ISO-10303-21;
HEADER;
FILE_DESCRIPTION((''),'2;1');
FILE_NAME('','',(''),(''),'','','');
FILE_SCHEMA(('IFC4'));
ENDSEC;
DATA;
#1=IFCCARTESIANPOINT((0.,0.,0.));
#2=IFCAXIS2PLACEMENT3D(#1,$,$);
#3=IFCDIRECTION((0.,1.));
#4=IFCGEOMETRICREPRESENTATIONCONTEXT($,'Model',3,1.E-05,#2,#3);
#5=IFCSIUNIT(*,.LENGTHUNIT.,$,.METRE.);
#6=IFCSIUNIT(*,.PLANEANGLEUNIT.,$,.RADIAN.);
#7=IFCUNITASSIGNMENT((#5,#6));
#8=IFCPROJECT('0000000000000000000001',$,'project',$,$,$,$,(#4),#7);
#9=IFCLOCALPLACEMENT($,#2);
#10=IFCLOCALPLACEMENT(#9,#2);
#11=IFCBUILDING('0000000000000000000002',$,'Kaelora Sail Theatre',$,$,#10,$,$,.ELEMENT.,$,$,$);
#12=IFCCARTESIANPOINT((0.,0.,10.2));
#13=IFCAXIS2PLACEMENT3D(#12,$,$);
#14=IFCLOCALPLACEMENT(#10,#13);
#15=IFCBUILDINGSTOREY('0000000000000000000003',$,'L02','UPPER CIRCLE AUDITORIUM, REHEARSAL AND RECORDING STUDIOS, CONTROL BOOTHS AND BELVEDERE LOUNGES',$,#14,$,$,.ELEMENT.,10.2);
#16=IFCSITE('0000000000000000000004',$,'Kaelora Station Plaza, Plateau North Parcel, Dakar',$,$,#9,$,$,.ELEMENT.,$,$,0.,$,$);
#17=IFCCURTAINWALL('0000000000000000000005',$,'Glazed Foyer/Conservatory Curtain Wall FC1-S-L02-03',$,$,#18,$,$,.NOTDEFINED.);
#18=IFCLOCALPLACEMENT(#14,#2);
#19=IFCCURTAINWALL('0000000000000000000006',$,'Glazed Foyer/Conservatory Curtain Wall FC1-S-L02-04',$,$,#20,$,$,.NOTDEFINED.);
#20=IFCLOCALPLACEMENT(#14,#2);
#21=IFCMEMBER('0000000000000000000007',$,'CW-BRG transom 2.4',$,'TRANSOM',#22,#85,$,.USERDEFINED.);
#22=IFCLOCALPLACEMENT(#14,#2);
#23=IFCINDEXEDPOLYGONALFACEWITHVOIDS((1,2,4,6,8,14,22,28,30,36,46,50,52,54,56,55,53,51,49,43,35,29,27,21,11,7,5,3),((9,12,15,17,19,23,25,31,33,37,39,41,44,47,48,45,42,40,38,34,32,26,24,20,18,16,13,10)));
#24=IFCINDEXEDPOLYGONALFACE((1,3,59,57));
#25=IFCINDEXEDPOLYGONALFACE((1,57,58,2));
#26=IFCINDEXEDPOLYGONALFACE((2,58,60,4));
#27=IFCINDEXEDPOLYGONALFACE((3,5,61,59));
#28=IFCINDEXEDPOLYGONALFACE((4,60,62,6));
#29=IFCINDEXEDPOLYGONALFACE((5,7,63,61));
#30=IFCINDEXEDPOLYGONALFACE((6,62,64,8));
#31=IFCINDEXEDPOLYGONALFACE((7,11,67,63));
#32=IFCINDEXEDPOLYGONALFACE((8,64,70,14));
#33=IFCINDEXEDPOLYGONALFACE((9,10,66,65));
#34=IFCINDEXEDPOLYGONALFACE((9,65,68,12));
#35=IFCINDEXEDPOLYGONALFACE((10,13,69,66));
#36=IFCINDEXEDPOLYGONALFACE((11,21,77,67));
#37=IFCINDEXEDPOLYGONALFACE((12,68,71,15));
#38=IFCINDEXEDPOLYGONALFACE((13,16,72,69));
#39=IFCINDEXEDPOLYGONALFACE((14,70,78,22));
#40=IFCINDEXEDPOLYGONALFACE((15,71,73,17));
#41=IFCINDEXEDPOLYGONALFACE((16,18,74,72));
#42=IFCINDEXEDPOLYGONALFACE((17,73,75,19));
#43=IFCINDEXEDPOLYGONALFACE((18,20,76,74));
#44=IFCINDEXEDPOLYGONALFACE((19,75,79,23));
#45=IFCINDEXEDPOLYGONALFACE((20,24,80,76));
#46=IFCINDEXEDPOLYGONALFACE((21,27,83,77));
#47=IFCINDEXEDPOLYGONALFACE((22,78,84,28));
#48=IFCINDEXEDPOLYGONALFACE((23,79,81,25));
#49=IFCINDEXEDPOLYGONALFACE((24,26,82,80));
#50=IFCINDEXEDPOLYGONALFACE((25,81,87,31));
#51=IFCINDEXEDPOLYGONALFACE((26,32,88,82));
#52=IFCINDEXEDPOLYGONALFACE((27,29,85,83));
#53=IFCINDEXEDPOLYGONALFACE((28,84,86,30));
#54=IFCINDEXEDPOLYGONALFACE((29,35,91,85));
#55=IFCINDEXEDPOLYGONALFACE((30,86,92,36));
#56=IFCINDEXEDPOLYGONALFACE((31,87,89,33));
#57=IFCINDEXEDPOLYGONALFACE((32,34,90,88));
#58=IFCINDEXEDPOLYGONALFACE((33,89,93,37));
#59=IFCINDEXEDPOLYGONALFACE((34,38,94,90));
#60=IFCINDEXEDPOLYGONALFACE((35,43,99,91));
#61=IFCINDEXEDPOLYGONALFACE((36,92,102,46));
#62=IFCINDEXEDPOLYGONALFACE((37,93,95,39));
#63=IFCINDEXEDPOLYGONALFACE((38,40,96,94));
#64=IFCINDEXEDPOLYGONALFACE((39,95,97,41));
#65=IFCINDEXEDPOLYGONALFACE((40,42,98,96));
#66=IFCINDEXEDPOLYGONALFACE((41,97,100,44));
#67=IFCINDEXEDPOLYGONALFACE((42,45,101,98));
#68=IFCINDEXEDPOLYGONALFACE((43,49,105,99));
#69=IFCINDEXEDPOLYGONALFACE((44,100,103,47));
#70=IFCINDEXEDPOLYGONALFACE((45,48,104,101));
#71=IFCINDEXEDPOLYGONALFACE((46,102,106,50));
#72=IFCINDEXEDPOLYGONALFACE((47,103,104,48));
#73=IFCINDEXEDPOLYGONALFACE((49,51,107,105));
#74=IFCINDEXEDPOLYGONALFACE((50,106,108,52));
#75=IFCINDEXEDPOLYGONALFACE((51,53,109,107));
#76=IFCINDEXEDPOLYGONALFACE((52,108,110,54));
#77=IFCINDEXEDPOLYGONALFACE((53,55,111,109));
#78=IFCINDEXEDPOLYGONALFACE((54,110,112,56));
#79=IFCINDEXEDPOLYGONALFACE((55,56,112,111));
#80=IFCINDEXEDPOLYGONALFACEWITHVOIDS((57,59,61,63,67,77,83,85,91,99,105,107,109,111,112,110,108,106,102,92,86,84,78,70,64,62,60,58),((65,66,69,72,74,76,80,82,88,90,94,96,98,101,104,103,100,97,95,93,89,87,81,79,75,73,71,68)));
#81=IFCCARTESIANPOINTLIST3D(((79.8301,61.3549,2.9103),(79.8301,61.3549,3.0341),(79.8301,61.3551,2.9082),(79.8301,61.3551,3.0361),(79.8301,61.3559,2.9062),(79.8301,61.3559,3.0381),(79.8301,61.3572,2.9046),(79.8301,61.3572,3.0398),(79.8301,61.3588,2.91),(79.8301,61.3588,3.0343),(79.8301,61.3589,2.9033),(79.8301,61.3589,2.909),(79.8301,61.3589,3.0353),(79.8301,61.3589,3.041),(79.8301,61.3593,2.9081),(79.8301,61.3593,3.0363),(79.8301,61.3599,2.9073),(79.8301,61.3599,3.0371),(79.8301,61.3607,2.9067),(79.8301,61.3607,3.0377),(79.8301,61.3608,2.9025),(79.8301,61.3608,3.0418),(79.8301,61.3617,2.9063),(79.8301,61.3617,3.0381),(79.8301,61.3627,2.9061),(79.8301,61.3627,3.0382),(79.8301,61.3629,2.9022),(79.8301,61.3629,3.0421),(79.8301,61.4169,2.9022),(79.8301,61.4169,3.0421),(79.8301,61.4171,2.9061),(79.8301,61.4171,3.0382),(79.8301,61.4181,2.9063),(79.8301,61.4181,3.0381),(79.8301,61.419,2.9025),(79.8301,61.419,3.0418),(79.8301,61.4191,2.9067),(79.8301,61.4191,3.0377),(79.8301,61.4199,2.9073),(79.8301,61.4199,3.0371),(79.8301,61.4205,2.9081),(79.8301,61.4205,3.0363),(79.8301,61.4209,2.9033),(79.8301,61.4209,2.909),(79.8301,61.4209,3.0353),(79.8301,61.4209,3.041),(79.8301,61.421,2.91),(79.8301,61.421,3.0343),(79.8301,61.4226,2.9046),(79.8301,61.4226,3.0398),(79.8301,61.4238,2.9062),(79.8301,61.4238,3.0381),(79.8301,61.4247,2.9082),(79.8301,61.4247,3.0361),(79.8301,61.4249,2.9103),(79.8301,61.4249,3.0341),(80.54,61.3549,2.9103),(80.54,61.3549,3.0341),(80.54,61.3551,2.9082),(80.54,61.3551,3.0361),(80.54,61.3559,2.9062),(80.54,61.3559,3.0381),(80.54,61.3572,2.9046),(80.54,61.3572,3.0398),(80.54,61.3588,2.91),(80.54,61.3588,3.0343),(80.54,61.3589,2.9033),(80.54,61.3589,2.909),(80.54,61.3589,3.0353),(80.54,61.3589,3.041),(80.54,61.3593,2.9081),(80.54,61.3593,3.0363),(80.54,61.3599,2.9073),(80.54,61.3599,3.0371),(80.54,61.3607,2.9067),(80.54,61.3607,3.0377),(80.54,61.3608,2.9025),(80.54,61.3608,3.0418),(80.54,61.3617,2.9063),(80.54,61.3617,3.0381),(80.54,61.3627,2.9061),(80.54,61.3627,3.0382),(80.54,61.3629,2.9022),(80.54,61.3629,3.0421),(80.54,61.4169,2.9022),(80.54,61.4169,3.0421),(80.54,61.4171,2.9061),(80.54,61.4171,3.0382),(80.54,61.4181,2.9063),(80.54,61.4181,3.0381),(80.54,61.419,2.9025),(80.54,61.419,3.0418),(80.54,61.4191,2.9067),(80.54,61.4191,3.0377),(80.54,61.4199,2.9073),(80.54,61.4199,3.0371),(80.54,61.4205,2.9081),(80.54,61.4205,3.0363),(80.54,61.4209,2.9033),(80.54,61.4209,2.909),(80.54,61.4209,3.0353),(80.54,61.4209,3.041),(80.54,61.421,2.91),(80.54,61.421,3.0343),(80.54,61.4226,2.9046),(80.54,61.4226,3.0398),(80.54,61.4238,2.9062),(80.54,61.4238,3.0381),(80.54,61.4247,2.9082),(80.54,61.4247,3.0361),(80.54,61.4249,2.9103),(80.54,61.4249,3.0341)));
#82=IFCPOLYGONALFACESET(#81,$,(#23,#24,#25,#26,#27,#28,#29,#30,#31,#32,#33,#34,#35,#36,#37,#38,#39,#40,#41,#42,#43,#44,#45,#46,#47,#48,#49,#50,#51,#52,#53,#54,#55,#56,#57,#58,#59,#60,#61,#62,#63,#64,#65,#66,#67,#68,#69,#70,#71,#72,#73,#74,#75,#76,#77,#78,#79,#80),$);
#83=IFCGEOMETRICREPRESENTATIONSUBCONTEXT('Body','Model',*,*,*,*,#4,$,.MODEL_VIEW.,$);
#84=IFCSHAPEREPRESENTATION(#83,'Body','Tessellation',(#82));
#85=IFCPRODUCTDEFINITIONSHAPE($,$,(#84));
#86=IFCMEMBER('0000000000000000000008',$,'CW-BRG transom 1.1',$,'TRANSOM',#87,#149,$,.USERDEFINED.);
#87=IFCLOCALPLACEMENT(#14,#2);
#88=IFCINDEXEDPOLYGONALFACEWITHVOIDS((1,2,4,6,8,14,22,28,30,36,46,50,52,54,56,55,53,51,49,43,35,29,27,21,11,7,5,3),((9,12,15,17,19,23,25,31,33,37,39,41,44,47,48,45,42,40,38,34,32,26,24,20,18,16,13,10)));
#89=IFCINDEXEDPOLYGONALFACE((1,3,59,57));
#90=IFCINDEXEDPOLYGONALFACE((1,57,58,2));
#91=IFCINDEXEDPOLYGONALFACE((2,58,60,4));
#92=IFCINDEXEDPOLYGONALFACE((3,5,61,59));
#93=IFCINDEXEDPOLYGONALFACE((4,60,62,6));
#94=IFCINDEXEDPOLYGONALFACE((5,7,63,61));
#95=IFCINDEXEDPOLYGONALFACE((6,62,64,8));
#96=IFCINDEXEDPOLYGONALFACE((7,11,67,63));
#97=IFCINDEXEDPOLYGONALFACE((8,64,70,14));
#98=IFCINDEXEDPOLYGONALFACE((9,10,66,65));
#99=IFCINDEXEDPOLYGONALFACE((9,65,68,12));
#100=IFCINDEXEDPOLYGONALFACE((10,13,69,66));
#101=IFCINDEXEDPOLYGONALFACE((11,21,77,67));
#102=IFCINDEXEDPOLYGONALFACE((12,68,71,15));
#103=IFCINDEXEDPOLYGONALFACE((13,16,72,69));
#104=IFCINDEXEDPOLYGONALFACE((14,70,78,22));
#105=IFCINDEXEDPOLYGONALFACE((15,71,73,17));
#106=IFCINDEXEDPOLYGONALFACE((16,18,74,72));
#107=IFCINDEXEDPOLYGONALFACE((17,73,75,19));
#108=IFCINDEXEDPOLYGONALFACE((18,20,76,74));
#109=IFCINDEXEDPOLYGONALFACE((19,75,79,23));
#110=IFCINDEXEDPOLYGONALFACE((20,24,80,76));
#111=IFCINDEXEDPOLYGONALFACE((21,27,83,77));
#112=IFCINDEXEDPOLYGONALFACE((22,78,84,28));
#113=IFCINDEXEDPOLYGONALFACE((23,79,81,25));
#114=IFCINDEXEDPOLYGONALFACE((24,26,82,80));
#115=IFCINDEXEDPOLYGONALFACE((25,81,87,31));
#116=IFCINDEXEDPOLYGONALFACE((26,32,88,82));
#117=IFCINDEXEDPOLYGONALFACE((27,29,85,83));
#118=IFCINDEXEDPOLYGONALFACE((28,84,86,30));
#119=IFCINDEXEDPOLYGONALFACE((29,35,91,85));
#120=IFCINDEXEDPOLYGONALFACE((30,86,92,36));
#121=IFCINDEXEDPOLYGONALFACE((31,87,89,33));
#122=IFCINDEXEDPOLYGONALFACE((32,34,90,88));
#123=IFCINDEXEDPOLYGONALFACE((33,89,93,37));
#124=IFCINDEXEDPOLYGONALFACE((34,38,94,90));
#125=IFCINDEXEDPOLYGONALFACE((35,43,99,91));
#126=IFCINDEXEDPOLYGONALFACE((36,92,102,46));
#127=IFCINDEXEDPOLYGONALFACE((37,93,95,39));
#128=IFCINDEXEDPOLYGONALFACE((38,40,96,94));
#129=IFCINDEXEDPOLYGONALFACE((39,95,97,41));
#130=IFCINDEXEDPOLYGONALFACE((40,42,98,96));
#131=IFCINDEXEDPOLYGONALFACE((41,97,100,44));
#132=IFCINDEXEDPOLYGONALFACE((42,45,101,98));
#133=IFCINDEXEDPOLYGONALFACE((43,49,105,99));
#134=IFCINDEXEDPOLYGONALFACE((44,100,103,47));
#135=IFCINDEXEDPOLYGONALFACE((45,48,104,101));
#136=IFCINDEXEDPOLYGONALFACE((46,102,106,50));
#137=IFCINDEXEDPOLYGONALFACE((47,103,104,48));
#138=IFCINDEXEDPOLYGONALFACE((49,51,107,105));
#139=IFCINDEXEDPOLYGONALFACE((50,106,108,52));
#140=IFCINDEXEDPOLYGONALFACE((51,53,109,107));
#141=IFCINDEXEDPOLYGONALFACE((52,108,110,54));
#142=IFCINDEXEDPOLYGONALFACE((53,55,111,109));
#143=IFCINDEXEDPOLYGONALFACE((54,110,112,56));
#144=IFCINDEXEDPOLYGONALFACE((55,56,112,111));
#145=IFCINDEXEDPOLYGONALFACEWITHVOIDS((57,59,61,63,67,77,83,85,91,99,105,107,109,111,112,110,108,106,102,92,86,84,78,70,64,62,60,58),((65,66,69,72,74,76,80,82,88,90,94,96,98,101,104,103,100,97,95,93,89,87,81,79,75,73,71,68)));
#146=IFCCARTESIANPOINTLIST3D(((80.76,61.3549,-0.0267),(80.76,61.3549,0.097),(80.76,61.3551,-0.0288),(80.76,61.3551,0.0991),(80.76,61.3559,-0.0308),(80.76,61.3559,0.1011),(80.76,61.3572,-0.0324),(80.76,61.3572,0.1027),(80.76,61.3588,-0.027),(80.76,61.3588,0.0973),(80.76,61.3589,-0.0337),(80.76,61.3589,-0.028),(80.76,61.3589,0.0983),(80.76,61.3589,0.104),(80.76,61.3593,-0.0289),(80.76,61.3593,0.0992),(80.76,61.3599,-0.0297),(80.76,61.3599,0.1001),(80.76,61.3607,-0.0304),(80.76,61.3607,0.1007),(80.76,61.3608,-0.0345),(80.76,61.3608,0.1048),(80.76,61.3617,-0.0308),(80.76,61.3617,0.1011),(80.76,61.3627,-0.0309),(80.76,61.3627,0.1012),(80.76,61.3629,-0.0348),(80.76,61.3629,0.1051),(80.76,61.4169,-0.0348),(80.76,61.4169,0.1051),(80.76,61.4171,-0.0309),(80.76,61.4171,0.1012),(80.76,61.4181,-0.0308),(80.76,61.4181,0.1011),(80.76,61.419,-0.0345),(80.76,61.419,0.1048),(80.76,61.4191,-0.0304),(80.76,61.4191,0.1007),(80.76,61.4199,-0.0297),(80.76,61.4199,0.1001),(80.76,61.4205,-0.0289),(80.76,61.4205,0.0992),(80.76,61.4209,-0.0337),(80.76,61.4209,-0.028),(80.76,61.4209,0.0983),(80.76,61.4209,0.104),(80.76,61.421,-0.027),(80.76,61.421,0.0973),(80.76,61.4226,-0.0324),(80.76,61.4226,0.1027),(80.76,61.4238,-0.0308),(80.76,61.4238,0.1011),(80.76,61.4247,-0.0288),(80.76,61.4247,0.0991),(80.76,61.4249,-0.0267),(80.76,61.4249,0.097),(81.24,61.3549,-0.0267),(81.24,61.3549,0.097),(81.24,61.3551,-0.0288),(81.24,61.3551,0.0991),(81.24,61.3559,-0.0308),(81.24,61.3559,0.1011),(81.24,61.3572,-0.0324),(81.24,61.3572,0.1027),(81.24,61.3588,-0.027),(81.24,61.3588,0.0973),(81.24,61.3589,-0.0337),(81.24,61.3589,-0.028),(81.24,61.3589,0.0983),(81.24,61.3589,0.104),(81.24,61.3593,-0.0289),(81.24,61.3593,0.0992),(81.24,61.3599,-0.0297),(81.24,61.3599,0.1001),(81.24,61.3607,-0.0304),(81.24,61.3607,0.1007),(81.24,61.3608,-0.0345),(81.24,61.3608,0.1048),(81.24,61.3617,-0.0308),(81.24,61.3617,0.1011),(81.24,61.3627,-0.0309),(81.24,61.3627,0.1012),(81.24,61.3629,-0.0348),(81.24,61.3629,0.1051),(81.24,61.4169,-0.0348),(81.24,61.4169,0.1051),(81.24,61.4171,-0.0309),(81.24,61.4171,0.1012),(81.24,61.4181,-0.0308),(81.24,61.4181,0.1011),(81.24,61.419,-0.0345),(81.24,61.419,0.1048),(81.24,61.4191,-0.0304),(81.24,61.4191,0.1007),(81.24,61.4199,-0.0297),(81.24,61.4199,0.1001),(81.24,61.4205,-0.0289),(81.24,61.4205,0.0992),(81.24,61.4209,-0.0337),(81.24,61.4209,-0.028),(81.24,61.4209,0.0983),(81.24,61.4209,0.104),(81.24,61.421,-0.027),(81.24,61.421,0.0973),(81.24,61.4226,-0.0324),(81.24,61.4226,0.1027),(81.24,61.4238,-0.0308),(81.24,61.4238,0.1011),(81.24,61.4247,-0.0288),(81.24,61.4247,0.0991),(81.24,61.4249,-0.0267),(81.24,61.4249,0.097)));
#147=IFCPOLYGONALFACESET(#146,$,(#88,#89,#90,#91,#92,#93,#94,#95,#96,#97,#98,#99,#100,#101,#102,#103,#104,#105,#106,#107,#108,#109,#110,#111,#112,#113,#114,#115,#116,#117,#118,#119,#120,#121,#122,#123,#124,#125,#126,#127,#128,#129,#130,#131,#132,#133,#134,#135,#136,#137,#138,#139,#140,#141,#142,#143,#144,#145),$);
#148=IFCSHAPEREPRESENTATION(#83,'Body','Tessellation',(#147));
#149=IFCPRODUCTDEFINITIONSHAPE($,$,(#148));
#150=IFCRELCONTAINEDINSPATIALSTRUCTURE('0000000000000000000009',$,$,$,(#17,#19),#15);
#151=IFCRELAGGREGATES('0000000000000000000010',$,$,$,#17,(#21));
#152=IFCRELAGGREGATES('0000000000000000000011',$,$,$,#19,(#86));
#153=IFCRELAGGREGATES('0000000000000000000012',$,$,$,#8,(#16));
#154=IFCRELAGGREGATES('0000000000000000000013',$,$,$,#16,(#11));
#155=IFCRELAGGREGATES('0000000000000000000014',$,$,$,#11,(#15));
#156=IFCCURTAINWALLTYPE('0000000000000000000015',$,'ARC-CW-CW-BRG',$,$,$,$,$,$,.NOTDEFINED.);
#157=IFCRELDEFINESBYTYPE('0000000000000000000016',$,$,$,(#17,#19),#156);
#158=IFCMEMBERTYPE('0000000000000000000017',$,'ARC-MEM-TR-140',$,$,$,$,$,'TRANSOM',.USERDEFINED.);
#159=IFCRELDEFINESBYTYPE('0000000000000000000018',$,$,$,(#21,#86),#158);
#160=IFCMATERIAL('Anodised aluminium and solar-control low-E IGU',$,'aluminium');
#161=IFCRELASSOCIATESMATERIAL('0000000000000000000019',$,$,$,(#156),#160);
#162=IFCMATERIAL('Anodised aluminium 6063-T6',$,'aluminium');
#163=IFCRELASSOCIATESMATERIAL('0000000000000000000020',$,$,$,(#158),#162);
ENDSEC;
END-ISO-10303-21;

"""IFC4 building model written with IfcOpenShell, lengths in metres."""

from ifc_helpers import new_model, si_unit, direction, frame, origin, origin_2d, place, context, subcontext, project, spatial, hollow_rectangle, extrude, material, material_profile, profile_set, type_object, element, aggregate, save


model = new_model("IFC4")

# Units and contexts
model_context = context("Model", 3, precision=1e-05, world=origin(), true_north=direction((0.0, 1.0)))
body_context = subcontext(model_context, "Body", "Model", "MODEL_VIEW")
ifc_project = project(units=[si_unit("LENGTHUNIT", "METRE"), si_unit("PLANEANGLEUNIT", "RADIAN")], contexts=[model_context])

# Site, building, storey
site_placement = place(None, origin())
site = spatial("IfcSite", under=ifc_project, at=site_placement, Name="Kaelora Station Plaza, Plateau North Parcel, Dakar", CompositionType="ELEMENT", RefElevation=0.0)
building_placement = place(site_placement, origin())
building = spatial("IfcBuilding", under=site, at=building_placement, Name="Kaelora Sail Theatre", CompositionType="ELEMENT")
storey_placement = place(building_placement, frame((0.0, 0.0, 10.2)))
storey = spatial("IfcBuildingStorey", under=building, at=storey_placement, Name="L02", Description="UPPER CIRCLE AUDITORIUM, REHEARSAL AND RECORDING STUDIOS, CONTROL BOOTHS AND BELVEDERE LOUNGES", CompositionType="ELEMENT", Elevation=10.2)

# Curtain wall
ifc_material_1 = material(Name="Anodised aluminium and solar-control low-E IGU", Category="aluminium")
curtain_wall_type = type_object("IfcCurtainWallType", Name="ARC-CW-CW-BRG", PredefinedType="NOTDEFINED", material=ifc_material_1)
curtain_wall_1_placement = place(storey_placement, origin())
curtain_wall_1 = element("IfcCurtainWall", 1, at=curtain_wall_1_placement, inside=storey, type_object=curtain_wall_type, Name="Glazed Foyer/Conservatory Curtain Wall FC1-S-L02-03", PredefinedType="NOTDEFINED")

# Curtain wall
curtain_wall_2_placement = place(storey_placement, origin())
curtain_wall_2 = element("IfcCurtainWall", 2, at=curtain_wall_2_placement, inside=storey, type_object=curtain_wall_type, Name="Glazed Foyer/Conservatory Curtain Wall FC1-S-L02-04", PredefinedType="NOTDEFINED")

# Members
ifc_material_2 = material(Name="Anodised aluminium 6063-T6", Category="aluminium")
ifc_material_profile_1 = material_profile(ifc_material_2, hollow_rectangle(XDim=0.0701, YDim=0.1399, WallThickness=0.0039, InnerFilletRadius=0.0039, OuterFilletRadius=0.0081, at=origin_2d()), Name="ALU-TRAN 70x140x4")
ifc_profile_set_1 = profile_set([ifc_material_profile_1], Name="Anodised aluminium 6063-T6")
member_type_1 = type_object("IfcMemberType", Name="ARC-MEM-TR-140", ElementType="TRANSOM", PredefinedType="USERDEFINED", material=ifc_profile_set_1)
member_1_placement = place(storey_placement, frame((79.8301, 61.3899, 2.9722), z_axis=(1.0, 0.0, 0.0), x_axis=(0.0, 1.0, 0.0)))
member_1 = element("IfcMember", 3, at=member_1_placement, type_object=member_type_1, Name="CW-BRG transom 2.4", ObjectType="TRANSOM", PredefinedType="USERDEFINED", context=body_context, shape_type="SweptSolid", body=[
    extrude(hollow_rectangle(XDim=0.0701, YDim=0.1399, WallThickness=0.0039, InnerFilletRadius=0.0039, OuterFilletRadius=0.0081, at=origin_2d()), origin(), (0.0, 0.0, 1.0), 0.71),
])
member_2_placement = place(storey_placement, frame((80.76, 61.3899, 0.0352), z_axis=(1.0, 0.0, 0.0), x_axis=(0.0, 1.0, 0.0)))
member_2 = element("IfcMember", 4, at=member_2_placement, type_object=member_type_1, Name="CW-BRG transom 1.1", ObjectType="TRANSOM", PredefinedType="USERDEFINED", context=body_context, shape_type="SweptSolid", body=[
    extrude(hollow_rectangle(XDim=0.0701, YDim=0.1399, WallThickness=0.0039, InnerFilletRadius=0.0039, OuterFilletRadius=0.0081, at=origin_2d()), origin(), (0.0, 0.0, 1.0), 0.48),
])

aggregate(curtain_wall_1, [member_1])
aggregate(curtain_wall_2, [member_2])

save(model, "model.ifc")
